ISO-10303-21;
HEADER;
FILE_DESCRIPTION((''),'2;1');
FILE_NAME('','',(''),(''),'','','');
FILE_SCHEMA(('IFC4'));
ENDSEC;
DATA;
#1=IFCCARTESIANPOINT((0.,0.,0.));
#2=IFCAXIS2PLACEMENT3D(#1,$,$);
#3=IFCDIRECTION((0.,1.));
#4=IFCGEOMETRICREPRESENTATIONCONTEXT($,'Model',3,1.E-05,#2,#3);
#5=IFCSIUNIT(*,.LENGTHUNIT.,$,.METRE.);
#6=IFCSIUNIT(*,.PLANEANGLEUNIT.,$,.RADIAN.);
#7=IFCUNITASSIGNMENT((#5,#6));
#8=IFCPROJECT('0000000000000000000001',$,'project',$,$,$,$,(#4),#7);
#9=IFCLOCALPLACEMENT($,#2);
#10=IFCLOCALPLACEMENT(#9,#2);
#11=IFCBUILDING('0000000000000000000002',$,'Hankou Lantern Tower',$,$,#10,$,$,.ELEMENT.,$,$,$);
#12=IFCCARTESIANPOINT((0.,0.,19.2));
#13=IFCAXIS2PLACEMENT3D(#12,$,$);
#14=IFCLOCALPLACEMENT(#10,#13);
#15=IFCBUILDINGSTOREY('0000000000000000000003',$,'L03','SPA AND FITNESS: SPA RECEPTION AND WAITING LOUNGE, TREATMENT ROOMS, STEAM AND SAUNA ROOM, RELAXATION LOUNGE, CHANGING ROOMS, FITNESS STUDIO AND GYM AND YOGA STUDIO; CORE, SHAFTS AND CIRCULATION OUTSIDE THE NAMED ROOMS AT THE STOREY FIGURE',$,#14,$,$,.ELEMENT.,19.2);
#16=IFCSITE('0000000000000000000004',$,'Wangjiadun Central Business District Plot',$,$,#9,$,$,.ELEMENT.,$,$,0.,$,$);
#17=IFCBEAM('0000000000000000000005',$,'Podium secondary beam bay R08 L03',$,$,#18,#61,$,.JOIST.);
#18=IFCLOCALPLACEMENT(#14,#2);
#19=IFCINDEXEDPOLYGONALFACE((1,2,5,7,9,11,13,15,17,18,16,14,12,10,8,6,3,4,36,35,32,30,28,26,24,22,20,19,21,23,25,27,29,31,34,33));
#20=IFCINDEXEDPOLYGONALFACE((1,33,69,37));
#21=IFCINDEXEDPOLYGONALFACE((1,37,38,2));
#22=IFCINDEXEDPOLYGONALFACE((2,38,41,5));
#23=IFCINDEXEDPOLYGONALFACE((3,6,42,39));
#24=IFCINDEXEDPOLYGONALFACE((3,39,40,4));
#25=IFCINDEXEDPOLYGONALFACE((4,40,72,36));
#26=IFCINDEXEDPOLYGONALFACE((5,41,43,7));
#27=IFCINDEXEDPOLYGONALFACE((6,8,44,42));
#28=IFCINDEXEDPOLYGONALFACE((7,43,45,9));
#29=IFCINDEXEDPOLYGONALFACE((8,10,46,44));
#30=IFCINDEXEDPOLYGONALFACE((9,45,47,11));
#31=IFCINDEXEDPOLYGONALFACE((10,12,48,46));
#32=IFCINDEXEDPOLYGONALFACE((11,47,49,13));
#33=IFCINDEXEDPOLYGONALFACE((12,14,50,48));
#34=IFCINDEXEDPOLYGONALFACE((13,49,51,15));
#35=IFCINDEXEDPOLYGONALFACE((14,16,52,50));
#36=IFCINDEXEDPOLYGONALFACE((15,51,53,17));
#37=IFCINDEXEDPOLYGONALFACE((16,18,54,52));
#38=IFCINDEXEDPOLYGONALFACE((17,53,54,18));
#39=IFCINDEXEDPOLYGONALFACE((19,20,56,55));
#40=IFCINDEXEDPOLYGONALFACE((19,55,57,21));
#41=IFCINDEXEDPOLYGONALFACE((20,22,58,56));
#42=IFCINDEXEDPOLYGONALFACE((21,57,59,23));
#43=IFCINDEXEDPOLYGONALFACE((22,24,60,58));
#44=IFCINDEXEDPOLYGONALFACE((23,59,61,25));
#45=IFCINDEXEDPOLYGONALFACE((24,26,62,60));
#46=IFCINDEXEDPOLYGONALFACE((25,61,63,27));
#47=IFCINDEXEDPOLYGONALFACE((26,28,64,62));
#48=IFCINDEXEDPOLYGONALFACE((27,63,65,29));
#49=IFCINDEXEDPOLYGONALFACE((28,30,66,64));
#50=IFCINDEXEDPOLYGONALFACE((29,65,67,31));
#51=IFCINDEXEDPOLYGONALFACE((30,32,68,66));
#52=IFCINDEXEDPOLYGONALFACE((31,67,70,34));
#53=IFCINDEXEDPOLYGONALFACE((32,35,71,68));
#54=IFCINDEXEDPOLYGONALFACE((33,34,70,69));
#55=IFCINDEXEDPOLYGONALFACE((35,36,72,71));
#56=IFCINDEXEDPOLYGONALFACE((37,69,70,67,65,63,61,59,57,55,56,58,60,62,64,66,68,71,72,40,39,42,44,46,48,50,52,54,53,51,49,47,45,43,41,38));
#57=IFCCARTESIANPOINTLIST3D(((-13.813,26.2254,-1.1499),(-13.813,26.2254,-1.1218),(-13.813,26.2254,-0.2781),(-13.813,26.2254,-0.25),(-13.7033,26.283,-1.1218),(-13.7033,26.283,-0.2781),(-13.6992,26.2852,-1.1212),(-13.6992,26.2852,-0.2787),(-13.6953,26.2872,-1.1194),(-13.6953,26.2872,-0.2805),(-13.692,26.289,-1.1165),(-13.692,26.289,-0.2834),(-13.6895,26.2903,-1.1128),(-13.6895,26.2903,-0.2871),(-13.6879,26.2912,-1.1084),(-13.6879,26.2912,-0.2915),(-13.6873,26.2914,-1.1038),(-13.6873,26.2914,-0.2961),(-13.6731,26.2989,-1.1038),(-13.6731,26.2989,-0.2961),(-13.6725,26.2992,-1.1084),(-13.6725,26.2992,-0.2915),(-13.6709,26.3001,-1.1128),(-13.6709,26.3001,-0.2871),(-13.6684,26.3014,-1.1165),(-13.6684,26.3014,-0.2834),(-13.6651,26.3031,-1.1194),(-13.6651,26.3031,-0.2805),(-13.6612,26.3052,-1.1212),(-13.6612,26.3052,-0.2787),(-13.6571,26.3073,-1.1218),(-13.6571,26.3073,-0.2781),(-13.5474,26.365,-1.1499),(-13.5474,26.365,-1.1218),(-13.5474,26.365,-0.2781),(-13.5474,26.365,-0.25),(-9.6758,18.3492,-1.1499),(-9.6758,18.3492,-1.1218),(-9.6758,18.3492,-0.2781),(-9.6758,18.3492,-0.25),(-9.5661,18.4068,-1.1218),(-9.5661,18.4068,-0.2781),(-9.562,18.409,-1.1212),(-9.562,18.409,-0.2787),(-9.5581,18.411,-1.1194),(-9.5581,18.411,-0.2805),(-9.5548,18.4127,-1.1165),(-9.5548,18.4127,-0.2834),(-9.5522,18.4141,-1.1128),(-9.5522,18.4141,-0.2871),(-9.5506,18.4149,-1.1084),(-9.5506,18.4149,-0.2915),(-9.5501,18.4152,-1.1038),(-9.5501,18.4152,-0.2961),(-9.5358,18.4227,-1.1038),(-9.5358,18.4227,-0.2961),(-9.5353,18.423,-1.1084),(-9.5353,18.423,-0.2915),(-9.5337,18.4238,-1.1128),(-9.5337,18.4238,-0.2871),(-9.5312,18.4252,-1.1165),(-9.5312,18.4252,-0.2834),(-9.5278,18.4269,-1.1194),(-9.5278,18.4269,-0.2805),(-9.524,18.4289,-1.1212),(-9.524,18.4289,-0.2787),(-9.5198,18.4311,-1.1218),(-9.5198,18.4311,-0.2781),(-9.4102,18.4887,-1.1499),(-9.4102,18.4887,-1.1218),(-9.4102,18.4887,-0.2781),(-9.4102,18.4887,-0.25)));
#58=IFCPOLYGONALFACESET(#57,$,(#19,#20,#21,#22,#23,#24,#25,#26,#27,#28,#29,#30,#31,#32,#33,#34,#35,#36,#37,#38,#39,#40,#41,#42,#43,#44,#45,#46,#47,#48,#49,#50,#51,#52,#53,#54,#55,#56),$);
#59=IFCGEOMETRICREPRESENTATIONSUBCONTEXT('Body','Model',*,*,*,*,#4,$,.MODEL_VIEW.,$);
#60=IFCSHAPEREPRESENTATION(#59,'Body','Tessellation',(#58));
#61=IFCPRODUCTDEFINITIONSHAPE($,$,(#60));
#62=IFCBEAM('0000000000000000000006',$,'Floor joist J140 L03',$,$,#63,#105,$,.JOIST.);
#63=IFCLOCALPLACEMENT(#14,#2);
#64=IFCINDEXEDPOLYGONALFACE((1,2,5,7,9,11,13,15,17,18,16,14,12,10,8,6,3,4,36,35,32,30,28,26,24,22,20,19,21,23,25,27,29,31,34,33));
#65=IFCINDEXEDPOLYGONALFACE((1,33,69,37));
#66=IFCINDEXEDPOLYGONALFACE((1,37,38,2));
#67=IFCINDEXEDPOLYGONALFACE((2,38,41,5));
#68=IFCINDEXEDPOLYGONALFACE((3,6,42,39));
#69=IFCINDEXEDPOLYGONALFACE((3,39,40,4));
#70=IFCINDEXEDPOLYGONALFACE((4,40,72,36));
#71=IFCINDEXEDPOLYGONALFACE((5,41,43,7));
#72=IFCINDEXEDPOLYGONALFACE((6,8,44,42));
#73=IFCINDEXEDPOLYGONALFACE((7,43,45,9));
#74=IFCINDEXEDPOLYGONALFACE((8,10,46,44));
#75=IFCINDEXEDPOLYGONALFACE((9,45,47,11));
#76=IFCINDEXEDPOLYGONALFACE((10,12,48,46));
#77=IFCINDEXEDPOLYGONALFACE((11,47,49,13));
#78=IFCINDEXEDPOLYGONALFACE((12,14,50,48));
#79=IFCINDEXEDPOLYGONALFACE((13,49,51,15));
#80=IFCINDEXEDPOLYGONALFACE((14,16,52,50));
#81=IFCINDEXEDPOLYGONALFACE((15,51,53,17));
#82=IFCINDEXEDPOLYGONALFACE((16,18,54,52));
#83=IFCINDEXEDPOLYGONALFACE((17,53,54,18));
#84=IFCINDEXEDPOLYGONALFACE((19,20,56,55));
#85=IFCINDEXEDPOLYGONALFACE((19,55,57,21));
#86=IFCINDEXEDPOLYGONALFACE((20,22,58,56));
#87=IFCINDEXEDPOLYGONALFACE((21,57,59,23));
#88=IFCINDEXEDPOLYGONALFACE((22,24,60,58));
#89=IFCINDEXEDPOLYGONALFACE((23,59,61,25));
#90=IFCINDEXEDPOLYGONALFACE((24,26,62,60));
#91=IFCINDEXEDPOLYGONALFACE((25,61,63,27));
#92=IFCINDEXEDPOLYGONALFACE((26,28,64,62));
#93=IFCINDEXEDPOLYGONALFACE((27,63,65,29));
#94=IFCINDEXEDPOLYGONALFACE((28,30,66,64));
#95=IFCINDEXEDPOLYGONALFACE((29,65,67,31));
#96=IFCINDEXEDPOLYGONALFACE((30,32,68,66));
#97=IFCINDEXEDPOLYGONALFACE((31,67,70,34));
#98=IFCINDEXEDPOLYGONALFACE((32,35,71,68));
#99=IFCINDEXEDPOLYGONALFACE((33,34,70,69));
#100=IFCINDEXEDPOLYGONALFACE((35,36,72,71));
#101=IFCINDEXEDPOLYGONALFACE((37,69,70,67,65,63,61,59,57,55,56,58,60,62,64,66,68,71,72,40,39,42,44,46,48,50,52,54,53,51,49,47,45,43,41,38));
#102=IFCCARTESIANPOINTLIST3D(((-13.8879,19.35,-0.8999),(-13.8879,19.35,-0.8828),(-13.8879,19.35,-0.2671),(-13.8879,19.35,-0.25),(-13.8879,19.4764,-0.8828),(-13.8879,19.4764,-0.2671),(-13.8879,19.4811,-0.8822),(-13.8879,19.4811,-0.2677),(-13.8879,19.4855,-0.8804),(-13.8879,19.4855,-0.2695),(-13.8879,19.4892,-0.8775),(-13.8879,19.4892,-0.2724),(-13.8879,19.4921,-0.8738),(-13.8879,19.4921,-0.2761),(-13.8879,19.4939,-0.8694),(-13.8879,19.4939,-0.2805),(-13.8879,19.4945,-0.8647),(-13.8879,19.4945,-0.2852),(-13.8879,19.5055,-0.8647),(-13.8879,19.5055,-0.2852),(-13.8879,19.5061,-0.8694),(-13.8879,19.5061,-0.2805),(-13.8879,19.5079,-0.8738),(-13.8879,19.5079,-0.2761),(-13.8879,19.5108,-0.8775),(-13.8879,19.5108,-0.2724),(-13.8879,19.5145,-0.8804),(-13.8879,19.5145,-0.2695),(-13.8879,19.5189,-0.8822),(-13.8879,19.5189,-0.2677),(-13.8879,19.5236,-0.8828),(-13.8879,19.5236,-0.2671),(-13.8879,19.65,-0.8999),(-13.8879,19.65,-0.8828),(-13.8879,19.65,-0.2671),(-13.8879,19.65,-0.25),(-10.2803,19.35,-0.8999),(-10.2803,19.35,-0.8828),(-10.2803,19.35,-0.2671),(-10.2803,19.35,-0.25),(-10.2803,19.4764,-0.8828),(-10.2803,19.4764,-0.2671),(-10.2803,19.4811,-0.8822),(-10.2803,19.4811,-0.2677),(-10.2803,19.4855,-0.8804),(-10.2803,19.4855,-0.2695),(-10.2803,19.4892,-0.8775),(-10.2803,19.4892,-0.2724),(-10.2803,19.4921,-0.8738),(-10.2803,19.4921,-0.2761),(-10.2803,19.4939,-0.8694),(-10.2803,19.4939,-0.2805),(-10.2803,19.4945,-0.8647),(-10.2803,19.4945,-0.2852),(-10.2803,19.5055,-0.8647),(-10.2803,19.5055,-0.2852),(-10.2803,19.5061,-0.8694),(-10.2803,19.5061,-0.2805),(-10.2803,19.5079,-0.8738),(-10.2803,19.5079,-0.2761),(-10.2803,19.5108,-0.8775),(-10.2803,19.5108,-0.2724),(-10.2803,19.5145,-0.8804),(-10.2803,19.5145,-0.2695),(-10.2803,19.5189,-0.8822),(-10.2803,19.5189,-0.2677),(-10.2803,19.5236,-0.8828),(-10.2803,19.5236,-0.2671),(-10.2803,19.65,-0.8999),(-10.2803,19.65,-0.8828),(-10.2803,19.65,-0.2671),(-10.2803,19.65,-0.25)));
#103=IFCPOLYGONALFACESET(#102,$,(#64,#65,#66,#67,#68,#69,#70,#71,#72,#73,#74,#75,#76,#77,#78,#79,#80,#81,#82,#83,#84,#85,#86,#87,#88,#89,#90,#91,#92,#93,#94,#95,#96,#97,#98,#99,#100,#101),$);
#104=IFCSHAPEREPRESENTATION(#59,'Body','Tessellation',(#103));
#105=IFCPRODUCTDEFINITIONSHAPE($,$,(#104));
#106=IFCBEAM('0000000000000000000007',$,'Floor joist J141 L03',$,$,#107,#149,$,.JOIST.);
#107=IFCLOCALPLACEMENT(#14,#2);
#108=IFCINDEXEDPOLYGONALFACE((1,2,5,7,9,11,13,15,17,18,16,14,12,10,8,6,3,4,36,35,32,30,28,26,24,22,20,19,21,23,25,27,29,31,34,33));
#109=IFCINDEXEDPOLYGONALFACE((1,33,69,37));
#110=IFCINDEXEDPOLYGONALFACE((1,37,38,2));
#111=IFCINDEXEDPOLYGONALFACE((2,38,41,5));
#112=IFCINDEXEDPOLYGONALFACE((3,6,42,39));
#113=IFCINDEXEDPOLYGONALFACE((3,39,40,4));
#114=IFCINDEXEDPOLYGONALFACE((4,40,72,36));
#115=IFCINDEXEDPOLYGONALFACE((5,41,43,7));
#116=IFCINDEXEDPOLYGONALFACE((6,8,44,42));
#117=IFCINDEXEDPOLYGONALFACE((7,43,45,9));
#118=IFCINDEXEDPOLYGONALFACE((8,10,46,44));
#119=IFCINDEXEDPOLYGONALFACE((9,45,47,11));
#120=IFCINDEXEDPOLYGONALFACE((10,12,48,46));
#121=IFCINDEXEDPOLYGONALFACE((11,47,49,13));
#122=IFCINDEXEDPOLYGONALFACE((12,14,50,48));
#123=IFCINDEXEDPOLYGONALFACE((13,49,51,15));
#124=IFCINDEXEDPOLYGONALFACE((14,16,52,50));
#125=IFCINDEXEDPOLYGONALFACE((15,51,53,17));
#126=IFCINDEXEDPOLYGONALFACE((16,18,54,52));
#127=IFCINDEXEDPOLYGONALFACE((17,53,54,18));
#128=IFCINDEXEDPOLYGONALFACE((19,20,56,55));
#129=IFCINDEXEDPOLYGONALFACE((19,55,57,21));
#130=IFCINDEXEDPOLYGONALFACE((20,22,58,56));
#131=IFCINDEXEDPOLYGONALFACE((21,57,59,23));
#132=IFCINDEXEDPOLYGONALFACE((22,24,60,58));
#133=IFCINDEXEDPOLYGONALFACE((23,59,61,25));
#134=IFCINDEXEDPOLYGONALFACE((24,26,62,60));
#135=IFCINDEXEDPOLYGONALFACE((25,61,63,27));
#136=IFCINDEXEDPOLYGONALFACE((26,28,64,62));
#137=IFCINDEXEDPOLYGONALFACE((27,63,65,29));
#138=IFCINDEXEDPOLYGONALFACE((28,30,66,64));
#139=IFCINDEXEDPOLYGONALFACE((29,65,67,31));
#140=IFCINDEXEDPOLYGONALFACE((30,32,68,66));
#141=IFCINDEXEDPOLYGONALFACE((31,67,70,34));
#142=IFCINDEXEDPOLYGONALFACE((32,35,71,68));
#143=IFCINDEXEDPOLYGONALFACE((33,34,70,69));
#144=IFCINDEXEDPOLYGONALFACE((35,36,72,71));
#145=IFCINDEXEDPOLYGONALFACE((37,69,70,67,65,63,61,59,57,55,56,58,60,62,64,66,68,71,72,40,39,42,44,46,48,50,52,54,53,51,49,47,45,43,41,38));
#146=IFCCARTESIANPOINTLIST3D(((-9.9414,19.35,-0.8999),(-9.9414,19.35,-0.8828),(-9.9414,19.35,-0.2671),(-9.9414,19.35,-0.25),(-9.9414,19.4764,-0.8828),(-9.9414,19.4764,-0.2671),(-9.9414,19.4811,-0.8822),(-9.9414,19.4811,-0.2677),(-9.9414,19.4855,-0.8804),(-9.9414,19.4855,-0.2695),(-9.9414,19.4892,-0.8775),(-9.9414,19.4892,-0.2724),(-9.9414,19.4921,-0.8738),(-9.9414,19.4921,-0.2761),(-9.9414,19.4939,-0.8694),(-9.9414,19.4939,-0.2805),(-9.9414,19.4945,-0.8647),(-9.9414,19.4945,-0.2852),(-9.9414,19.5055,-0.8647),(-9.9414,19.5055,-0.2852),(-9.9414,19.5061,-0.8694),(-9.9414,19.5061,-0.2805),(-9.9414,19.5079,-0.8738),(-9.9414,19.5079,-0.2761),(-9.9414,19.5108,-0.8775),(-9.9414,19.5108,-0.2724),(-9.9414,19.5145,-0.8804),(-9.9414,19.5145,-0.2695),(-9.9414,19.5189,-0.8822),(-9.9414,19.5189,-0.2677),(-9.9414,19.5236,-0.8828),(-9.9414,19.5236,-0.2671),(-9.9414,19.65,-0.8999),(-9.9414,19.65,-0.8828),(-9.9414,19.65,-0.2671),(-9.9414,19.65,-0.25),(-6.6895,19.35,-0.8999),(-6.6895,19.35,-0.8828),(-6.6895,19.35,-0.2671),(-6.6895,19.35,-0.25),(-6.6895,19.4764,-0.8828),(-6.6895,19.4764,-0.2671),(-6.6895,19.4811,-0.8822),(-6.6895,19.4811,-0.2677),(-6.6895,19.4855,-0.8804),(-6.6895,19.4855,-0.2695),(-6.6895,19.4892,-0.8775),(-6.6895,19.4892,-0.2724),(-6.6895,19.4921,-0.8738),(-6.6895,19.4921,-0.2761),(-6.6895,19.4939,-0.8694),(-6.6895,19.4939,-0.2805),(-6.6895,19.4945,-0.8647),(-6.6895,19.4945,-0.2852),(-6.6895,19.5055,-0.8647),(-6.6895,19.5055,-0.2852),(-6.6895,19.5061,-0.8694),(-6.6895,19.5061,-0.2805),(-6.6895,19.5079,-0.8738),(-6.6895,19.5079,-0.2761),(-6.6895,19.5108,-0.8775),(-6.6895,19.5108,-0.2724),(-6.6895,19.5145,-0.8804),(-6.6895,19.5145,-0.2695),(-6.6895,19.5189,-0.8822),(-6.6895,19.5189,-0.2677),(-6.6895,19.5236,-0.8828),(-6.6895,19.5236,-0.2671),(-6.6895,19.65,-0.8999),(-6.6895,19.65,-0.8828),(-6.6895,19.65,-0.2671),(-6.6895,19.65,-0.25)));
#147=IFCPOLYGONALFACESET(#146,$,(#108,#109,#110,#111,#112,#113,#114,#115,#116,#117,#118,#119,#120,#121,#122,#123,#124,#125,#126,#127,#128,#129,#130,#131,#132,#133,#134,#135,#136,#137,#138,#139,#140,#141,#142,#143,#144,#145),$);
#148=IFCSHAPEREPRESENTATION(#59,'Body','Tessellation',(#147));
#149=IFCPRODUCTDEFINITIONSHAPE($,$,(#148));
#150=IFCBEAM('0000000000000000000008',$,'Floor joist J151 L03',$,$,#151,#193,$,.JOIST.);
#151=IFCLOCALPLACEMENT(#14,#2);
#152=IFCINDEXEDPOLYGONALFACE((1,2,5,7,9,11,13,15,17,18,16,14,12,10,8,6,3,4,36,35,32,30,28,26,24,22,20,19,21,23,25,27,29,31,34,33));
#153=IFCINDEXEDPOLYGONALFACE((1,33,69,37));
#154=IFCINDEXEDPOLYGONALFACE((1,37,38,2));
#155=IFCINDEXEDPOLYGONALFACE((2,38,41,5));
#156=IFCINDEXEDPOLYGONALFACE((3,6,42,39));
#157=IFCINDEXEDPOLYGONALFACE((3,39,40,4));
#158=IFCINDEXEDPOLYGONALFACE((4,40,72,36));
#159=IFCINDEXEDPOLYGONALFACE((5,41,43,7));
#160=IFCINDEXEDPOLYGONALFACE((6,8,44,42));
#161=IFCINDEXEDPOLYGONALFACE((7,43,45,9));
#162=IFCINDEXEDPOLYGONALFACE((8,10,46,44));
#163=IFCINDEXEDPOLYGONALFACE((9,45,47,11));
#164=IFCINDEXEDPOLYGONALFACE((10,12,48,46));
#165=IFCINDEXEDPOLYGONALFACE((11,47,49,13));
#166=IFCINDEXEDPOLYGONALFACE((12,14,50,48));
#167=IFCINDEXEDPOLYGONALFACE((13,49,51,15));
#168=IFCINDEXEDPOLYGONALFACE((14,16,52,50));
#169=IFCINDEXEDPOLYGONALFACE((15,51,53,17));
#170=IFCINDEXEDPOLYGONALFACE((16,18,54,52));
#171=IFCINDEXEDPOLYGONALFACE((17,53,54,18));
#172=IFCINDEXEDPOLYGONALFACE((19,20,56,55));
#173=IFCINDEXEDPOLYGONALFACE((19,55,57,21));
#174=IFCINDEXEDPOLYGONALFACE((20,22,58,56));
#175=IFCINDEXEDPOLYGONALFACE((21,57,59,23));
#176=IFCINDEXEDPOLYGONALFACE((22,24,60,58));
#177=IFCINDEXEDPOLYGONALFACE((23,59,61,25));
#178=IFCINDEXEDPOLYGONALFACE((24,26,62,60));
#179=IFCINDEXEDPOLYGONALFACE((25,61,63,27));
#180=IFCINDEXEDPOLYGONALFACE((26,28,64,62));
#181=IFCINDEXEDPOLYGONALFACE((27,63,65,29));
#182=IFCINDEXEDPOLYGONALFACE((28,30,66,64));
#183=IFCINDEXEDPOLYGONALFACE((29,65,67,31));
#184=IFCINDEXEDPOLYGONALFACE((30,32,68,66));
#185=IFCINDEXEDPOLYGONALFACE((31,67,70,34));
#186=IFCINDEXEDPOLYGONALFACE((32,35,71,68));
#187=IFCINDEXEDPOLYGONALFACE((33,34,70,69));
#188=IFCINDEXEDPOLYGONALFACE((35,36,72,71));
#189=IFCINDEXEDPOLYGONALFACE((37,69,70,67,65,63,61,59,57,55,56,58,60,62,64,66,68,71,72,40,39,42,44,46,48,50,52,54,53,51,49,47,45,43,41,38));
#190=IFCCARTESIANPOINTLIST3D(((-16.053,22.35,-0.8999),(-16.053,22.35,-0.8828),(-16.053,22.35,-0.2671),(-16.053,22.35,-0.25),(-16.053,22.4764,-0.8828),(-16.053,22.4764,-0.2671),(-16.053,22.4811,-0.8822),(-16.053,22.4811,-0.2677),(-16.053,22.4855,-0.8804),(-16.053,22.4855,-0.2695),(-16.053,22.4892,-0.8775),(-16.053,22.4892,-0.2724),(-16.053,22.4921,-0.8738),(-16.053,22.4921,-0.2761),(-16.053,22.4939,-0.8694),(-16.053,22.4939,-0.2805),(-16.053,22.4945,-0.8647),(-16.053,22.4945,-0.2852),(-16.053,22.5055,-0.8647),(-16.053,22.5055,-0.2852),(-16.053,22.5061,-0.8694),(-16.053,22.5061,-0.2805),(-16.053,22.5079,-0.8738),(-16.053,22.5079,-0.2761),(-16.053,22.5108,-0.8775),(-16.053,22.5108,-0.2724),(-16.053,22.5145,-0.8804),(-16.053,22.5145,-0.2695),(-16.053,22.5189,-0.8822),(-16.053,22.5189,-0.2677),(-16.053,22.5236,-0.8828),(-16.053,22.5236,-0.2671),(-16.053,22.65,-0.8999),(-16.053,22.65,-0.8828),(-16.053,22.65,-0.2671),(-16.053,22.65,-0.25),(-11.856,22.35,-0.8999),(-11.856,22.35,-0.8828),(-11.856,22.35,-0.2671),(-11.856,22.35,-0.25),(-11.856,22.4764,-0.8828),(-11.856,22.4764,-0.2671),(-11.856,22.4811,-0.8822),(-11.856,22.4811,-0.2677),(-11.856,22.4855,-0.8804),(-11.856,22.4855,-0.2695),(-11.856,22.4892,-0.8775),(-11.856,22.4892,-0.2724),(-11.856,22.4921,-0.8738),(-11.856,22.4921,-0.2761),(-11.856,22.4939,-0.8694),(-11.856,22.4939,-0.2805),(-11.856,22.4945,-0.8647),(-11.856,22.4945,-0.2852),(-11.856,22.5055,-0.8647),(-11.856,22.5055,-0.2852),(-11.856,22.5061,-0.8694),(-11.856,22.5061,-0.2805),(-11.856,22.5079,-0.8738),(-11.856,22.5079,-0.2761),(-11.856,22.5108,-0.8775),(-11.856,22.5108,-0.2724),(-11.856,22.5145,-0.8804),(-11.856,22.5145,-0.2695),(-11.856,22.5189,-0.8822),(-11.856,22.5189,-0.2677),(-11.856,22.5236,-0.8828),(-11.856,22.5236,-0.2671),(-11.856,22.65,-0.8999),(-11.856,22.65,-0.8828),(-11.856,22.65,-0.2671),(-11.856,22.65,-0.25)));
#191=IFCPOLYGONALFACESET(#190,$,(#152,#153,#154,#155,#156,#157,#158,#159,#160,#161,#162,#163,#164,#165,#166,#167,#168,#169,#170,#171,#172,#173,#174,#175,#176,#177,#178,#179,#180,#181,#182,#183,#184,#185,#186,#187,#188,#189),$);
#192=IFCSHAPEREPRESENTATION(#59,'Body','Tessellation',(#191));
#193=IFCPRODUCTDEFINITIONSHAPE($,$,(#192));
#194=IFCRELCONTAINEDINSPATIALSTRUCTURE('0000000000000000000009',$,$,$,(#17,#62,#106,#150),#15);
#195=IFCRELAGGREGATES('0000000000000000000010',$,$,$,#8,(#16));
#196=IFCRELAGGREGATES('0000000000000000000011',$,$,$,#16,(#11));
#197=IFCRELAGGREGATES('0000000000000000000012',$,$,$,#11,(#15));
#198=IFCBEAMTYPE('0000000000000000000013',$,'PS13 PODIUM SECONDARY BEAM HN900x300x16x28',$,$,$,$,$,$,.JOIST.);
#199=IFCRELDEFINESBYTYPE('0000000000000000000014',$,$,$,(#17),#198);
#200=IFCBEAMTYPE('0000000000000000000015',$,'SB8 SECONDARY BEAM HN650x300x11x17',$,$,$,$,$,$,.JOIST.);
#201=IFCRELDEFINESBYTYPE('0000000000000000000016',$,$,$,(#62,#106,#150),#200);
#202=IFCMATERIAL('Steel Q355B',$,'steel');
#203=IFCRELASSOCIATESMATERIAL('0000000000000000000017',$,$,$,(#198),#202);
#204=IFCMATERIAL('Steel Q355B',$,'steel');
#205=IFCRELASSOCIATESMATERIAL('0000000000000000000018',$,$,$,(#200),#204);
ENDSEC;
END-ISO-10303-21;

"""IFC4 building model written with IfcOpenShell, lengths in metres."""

from ifc_helpers import new_model, si_unit, direction, frame, origin, origin_2d, place, context, subcontext, project, spatial, i_section, extrude, material, material_profile, profile_set, type_object, element, save


model = new_model("IFC4")

# Units and contexts
model_context = context("Model", 3, precision=1e-05, world=origin(), true_north=direction((0.0, 1.0)))
body_context = subcontext(model_context, "Body", "Model", "MODEL_VIEW")
ifc_project = project(units=[si_unit("LENGTHUNIT", "METRE"), si_unit("PLANEANGLEUNIT", "RADIAN")], contexts=[model_context])

# Site, building, storey
site_placement = place(None, origin())
site = spatial("IfcSite", under=ifc_project, at=site_placement, Name="Wangjiadun Central Business District Plot", CompositionType="ELEMENT", RefElevation=0.0)
building_placement = place(site_placement, origin())
building = spatial("IfcBuilding", under=site, at=building_placement, Name="Hankou Lantern Tower", CompositionType="ELEMENT")
storey_placement = place(building_placement, frame((0.0, 0.0, 19.2)))
storey = spatial("IfcBuildingStorey", under=building, at=storey_placement, Name="L03", Description="SPA AND FITNESS: SPA RECEPTION AND WAITING LOUNGE, TREATMENT ROOMS, STEAM AND SAUNA ROOM, RELAXATION LOUNGE, CHANGING ROOMS, FITNESS STUDIO AND GYM AND YOGA STUDIO; CORE, SHAFTS AND CIRCULATION OUTSIDE THE NAMED ROOMS AT THE STOREY FIGURE", CompositionType="ELEMENT", Elevation=19.2)

# Beams
ifc_material_1 = material(Name="Steel Q355B", Category="steel")
ifc_material_profile_1 = material_profile(ifc_material_1, i_section(OverallWidth=0.3, OverallDepth=0.8999, WebThickness=0.0161, FlangeThickness=0.0281, FilletRadius=0.0181, at=origin_2d()), Name="HN900x300x16x28")
ifc_profile_set_1 = profile_set([ifc_material_profile_1], Name="Steel Q355B")
beam_type_1 = type_object("IfcBeamType", Name="PS13 PODIUM SECONDARY BEAM HN900x300x16x28", PredefinedType="JOIST", material=ifc_profile_set_1)
beam_1_placement = place(storey_placement, frame((-9.543, 18.4189, -0.7), z_axis=(-0.465027, 0.885297, 0.0), x_axis=(-0.885297, -0.465027, 0.0)))
element("IfcBeam", 1, at=beam_1_placement, inside=storey, type_object=beam_type_1, Name="Podium secondary beam bay R08 L03", PredefinedType="JOIST", context=body_context, shape_type="SweptSolid", body=[
    extrude(i_section(OverallWidth=0.3, OverallDepth=0.8999, WebThickness=0.0161, FlangeThickness=0.0281, FilletRadius=0.0181, at=origin_2d()), origin(), (0.0, 0.0, 1.0), 8.8967),
])
ifc_material_2 = material(Name="Steel Q355B", Category="steel")
ifc_material_profile_2 = material_profile(ifc_material_2, i_section(OverallWidth=0.3, OverallDepth=0.6499, WebThickness=0.011, FlangeThickness=0.0171, FilletRadius=0.0181, at=origin_2d()), Name="HN650x300x11x17")
ifc_profile_set_2 = profile_set([ifc_material_profile_2], Name="Steel Q355B")
beam_type_2 = type_object("IfcBeamType", Name="SB8 SECONDARY BEAM HN650x300x11x17", PredefinedType="JOIST", material=ifc_profile_set_2)
beam_2_placement = place(storey_placement, frame((-13.8879, 19.5, -0.575), z_axis=(1.0, 0.0, 0.0), x_axis=(0.0, 1.0, 0.0)))
element("IfcBeam", 2, at=beam_2_placement, inside=storey, type_object=beam_type_2, Name="Floor joist J140 L03", PredefinedType="JOIST", context=body_context, shape_type="SweptSolid", body=[
    extrude(i_section(OverallWidth=0.3, OverallDepth=0.6499, WebThickness=0.011, FlangeThickness=0.0171, FilletRadius=0.0181, at=origin_2d()), origin(), (0.0, 0.0, 1.0), 3.6077),
])
beam_3_placement = place(storey_placement, frame((-9.9414, 19.5, -0.575), z_axis=(1.0, 0.0, 0.0), x_axis=(0.0, 1.0, 0.0)))
element("IfcBeam", 3, at=beam_3_placement, inside=storey, type_object=beam_type_2, Name="Floor joist J141 L03", PredefinedType="JOIST", context=body_context, shape_type="SweptSolid", body=[
    extrude(i_section(OverallWidth=0.3, OverallDepth=0.6499, WebThickness=0.011, FlangeThickness=0.0171, FilletRadius=0.0181, at=origin_2d()), origin(), (0.0, 0.0, 1.0), 3.252),
])
beam_4_placement = place(storey_placement, frame((-16.053, 22.5, -0.575), z_axis=(1.0, 0.0, 0.0), x_axis=(0.0, 1.0, 0.0)))
element("IfcBeam", 4, at=beam_4_placement, inside=storey, type_object=beam_type_2, Name="Floor joist J151 L03", PredefinedType="JOIST", context=body_context, shape_type="SweptSolid", body=[
    extrude(i_section(OverallWidth=0.3, OverallDepth=0.6499, WebThickness=0.011, FlangeThickness=0.0171, FilletRadius=0.0181, at=origin_2d()), origin(), (0.0, 0.0, 1.0), 4.197),
])

save(model, "model.ifc")
